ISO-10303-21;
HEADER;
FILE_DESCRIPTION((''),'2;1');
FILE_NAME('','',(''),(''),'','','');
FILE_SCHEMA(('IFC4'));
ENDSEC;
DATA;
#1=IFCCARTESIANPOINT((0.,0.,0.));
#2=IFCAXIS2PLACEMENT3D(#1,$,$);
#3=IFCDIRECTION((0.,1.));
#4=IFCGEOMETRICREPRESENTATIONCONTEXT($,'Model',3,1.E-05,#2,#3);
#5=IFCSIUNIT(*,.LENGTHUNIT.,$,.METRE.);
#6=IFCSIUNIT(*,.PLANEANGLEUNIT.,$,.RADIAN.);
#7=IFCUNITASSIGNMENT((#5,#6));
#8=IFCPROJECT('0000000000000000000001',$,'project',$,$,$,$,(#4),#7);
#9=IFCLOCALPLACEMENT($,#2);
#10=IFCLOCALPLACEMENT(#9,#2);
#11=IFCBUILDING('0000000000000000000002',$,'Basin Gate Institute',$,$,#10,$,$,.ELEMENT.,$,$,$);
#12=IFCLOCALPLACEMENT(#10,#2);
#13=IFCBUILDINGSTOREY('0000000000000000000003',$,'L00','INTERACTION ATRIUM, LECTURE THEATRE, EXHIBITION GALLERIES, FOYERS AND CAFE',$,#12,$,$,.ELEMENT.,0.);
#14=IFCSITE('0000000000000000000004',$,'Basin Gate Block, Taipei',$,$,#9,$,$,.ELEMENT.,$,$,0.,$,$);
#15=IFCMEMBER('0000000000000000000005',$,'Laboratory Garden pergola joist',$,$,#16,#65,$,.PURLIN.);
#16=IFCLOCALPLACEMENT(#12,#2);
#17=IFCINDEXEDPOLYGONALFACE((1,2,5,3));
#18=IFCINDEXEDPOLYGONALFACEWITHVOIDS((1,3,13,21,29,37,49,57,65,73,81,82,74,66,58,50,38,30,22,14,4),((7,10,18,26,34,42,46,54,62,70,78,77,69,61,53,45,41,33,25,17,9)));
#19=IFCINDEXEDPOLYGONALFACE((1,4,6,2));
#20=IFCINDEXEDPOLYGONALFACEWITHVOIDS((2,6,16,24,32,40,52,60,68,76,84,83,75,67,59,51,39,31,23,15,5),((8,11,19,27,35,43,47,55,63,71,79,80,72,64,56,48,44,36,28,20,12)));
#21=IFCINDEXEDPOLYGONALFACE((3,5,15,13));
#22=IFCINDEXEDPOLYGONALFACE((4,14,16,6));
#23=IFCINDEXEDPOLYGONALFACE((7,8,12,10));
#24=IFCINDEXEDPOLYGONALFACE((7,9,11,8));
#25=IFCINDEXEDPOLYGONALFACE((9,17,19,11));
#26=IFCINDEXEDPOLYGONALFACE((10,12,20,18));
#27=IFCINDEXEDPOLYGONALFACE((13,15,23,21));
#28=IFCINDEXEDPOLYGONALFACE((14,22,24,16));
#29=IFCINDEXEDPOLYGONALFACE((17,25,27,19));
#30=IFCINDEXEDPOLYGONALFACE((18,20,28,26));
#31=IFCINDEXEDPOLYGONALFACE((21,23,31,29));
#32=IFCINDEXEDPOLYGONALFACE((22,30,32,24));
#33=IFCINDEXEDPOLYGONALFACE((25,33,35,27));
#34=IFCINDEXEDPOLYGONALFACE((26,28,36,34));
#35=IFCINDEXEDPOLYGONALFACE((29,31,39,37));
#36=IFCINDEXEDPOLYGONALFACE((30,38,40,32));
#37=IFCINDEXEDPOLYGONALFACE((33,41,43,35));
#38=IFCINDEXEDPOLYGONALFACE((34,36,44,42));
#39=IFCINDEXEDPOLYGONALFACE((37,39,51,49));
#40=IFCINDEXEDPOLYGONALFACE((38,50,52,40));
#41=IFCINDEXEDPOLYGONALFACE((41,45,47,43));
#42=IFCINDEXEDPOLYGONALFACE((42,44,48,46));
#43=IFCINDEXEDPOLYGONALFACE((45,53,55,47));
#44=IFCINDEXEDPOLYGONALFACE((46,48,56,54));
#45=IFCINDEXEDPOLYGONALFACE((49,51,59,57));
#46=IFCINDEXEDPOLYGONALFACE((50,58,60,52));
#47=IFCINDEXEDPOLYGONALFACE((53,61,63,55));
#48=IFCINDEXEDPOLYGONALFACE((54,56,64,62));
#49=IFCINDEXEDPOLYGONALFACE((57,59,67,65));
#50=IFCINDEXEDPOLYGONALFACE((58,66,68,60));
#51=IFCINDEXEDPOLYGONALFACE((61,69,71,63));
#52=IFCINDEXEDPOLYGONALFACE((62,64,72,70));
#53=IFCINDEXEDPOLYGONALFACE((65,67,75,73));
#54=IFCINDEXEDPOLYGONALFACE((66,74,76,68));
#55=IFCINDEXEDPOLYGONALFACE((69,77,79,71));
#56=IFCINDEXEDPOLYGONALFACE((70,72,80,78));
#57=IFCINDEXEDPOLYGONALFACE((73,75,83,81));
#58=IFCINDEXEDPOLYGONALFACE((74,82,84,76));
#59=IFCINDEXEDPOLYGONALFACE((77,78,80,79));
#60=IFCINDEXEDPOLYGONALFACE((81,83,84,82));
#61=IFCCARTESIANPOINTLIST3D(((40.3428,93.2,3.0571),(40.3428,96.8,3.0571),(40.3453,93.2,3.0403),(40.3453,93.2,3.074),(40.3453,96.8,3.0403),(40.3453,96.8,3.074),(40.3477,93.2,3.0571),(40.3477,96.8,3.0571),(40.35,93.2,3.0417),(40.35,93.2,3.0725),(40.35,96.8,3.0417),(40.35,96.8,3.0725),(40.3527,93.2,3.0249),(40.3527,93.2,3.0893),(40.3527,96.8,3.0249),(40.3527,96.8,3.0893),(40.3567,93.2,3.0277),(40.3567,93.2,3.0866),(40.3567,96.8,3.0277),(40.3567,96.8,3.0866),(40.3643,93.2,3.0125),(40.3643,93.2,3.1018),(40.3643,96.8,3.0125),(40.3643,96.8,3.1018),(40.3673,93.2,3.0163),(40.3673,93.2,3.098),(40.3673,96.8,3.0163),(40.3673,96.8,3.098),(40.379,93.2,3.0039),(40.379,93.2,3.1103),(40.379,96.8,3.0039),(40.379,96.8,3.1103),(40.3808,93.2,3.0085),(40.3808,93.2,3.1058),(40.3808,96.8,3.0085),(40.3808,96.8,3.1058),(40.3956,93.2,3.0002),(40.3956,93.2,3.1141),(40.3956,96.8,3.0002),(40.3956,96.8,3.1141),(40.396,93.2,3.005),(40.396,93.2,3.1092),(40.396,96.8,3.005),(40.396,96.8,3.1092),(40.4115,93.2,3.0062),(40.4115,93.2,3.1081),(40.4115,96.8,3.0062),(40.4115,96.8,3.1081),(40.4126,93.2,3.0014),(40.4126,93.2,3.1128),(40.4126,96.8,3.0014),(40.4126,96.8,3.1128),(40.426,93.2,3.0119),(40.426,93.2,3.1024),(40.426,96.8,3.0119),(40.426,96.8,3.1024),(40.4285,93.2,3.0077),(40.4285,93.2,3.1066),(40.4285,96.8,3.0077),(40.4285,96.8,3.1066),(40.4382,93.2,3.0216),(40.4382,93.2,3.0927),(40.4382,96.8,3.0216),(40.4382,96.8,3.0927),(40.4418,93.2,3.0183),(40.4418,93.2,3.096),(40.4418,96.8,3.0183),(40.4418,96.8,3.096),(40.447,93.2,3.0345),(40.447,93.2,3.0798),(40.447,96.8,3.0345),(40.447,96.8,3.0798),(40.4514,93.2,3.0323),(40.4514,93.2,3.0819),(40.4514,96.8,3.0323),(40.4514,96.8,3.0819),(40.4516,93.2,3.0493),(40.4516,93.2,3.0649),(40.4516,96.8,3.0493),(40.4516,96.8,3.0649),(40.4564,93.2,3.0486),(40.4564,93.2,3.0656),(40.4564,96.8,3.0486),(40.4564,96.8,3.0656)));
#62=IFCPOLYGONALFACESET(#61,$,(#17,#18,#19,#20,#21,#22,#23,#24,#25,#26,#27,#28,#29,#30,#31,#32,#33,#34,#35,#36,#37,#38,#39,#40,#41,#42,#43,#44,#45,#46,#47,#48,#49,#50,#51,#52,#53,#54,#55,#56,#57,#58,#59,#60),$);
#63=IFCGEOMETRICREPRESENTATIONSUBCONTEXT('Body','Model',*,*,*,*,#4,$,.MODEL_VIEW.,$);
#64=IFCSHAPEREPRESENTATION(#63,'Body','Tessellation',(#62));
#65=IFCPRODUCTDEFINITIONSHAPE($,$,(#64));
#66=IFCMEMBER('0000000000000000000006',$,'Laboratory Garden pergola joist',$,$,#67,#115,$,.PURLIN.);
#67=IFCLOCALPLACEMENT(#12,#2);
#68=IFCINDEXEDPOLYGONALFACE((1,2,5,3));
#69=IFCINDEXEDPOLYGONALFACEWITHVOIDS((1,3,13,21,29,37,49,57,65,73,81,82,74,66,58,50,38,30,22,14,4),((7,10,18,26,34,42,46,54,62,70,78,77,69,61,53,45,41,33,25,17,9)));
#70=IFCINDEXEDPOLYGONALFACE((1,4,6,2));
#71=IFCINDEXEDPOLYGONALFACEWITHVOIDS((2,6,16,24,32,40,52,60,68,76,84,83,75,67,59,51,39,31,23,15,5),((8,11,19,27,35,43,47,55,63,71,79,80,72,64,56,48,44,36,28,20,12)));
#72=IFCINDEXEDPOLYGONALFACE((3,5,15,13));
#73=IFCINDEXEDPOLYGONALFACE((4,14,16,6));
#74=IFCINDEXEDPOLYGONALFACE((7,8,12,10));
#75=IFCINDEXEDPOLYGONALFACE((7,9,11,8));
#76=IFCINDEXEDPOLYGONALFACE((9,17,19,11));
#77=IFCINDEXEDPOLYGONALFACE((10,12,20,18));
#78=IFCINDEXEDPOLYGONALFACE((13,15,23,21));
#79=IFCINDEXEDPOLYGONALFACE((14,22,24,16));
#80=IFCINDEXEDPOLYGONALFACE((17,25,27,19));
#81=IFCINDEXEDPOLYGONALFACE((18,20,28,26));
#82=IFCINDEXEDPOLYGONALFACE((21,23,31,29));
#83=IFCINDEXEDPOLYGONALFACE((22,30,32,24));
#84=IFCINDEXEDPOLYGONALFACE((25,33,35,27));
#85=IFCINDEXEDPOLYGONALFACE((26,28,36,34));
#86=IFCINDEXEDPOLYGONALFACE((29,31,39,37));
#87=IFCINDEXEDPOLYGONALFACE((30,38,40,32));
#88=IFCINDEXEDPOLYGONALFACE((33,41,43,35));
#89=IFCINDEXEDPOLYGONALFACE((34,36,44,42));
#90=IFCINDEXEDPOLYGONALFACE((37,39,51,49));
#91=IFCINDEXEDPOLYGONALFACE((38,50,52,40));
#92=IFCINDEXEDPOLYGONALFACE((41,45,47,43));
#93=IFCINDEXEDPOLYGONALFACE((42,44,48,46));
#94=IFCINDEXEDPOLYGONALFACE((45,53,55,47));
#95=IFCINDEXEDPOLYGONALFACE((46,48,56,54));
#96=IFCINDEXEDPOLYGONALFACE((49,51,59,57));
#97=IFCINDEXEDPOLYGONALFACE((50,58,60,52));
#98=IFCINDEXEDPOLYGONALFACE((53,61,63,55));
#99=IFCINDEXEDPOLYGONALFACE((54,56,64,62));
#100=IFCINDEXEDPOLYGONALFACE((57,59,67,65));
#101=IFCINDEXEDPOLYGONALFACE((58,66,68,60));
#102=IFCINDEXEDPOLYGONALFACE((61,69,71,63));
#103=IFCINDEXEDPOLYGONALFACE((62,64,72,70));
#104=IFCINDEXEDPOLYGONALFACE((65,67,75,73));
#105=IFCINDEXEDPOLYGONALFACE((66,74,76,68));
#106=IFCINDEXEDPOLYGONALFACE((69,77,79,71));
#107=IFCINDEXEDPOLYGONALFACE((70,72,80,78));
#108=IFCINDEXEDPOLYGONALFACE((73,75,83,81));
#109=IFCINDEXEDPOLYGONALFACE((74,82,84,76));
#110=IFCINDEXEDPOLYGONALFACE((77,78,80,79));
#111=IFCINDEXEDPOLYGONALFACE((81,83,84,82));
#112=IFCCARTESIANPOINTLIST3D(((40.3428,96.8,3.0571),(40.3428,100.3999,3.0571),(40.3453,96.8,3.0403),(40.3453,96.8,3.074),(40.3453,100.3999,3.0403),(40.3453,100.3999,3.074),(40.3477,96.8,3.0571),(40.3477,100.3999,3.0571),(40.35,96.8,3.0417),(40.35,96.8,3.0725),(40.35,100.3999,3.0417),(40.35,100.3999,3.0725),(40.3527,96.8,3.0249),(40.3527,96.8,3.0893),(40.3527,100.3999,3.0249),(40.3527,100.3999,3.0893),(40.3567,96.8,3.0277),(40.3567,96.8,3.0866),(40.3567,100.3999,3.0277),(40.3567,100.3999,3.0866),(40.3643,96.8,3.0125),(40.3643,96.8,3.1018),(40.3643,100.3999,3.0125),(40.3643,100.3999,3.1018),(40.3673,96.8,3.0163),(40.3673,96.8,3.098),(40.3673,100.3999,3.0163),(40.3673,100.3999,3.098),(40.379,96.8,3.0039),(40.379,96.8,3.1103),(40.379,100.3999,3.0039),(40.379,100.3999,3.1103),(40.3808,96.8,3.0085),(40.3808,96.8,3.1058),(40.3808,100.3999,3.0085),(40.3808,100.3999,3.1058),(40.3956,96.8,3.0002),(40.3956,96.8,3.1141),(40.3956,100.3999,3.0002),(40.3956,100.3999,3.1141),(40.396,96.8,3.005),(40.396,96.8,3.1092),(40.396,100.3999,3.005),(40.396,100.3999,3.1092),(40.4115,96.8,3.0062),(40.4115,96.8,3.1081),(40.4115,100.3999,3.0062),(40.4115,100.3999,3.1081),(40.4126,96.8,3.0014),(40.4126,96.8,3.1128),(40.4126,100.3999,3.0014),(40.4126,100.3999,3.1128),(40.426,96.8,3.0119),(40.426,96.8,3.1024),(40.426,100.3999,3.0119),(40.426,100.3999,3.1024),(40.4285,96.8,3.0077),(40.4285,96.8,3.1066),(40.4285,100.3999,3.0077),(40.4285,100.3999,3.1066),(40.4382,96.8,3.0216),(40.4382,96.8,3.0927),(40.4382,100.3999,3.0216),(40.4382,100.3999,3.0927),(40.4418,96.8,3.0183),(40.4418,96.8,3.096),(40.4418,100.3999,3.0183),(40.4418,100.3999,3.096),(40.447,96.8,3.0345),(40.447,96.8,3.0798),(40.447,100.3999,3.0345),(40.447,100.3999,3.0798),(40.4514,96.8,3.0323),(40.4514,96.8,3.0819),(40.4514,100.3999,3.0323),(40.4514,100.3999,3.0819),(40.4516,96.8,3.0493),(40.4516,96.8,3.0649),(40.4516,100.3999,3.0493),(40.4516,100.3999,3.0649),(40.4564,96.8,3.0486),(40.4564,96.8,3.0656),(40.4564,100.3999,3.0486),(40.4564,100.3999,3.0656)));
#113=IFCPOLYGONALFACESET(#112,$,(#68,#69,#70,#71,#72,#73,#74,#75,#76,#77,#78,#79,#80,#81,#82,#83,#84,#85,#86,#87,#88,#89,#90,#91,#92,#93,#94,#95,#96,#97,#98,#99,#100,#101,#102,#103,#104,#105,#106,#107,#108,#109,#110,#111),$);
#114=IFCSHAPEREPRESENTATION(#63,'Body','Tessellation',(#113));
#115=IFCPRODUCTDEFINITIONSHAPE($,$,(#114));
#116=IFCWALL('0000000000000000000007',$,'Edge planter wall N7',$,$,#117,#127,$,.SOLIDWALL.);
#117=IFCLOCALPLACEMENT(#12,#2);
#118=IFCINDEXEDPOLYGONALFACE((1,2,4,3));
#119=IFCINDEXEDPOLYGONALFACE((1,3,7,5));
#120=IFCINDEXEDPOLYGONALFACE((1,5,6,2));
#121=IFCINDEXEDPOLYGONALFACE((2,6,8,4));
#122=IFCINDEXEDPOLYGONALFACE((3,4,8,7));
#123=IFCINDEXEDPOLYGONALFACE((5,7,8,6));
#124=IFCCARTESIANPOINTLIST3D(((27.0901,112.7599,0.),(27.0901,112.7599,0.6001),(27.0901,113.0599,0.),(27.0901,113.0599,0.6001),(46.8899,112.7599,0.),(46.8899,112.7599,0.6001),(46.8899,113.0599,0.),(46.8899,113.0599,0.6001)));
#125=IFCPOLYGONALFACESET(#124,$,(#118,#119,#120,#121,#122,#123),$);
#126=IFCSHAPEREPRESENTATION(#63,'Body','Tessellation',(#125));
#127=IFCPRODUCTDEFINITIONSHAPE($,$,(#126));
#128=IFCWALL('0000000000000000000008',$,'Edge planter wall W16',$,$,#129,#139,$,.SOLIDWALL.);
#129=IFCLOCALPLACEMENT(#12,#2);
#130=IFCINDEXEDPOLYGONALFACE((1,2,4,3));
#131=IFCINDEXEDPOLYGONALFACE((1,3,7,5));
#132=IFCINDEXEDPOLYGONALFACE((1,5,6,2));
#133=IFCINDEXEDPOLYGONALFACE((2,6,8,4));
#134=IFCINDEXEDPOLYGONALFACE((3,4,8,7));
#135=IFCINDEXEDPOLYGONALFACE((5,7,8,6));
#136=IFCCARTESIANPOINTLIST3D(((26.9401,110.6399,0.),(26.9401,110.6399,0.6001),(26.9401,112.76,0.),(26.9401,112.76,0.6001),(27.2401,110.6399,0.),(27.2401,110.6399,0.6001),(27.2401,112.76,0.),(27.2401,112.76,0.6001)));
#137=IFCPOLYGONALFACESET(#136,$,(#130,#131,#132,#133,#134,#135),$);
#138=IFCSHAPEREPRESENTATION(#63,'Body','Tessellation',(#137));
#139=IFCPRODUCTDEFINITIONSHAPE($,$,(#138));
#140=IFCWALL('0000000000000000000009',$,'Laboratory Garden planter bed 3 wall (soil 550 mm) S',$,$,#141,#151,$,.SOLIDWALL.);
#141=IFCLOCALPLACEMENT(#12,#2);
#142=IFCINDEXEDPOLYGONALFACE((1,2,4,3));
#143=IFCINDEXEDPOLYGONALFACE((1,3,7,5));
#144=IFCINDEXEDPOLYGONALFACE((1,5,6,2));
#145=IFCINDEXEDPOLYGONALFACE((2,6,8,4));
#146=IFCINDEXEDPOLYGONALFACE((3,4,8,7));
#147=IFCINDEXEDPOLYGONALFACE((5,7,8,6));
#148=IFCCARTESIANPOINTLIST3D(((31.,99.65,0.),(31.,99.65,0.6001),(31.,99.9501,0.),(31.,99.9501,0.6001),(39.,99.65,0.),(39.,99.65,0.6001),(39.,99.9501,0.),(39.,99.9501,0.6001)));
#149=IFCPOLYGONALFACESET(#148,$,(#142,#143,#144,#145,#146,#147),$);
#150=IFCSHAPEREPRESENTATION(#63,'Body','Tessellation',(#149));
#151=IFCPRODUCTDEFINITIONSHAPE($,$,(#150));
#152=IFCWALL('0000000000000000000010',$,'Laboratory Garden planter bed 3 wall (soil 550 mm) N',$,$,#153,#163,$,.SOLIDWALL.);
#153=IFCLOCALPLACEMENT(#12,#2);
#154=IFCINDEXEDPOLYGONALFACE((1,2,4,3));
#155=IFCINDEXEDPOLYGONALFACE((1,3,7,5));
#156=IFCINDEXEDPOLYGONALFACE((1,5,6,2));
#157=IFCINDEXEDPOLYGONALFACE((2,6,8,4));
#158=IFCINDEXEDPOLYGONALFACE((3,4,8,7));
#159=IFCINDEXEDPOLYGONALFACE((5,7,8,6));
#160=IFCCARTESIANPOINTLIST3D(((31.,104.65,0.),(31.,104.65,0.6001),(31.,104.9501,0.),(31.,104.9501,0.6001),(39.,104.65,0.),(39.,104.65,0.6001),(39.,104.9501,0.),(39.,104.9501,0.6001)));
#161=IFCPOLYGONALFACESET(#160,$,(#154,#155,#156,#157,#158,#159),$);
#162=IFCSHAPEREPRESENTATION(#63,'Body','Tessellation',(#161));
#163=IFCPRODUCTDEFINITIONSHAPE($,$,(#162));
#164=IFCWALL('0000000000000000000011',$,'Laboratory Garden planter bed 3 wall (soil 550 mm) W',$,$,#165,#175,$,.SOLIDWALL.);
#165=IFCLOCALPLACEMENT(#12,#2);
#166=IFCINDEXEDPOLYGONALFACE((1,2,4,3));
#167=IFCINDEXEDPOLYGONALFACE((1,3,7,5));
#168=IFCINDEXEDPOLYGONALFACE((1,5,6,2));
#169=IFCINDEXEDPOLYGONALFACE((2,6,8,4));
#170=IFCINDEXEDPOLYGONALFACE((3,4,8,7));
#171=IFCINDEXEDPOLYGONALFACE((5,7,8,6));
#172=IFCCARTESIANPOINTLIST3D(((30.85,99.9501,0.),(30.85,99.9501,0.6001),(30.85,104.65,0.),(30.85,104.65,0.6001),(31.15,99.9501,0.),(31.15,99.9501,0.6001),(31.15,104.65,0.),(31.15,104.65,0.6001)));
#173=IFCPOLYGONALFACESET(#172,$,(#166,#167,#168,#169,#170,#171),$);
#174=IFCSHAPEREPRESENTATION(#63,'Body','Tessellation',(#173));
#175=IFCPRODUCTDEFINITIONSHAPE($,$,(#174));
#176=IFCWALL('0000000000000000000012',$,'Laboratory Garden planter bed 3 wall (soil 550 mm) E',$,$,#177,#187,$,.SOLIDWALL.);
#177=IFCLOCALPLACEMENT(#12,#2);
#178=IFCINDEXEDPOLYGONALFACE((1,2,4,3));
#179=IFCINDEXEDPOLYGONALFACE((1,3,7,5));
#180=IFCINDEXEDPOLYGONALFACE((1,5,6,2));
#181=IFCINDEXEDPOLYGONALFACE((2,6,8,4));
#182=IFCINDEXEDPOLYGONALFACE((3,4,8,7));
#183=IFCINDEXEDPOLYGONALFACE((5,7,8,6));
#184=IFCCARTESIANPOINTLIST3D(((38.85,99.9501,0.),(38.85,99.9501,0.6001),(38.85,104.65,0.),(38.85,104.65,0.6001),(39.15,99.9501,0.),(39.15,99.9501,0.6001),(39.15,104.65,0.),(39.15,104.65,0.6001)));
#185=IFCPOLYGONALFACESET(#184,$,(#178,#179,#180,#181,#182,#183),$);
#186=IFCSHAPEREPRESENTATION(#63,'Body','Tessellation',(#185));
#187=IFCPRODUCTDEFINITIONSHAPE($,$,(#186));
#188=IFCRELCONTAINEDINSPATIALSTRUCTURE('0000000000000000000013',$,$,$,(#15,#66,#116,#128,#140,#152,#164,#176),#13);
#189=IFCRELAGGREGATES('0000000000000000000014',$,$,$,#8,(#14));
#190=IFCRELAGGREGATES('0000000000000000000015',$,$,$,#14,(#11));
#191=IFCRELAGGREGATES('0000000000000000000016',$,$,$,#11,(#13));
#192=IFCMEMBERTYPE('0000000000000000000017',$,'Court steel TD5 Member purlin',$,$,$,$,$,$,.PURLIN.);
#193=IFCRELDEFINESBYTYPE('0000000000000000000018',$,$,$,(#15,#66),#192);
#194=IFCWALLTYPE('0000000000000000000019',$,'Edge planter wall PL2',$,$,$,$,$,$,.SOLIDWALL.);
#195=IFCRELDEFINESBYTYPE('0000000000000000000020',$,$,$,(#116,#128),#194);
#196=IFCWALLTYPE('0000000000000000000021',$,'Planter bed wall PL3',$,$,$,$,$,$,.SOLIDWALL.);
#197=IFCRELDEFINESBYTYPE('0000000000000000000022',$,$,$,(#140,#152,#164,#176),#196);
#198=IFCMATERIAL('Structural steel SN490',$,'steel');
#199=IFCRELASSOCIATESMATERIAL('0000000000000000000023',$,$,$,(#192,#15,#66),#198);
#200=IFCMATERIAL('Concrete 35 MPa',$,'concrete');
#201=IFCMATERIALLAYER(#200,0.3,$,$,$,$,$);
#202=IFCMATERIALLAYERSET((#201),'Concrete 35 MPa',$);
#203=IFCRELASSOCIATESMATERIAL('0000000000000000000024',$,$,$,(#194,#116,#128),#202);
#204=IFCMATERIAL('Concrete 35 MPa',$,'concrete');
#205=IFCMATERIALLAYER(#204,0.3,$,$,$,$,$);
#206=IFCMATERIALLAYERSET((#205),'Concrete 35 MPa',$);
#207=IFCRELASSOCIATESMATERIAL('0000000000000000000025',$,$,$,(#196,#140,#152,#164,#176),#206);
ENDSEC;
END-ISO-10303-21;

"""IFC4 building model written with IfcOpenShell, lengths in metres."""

from ifc_helpers import new_model, si_unit, direction, frame, frame_2d, origin, origin_2d, place, context, subcontext, project, spatial, rectangle, hollow_circle, extrude, material, layer, layer_set, material_profile, profile_set, type_object, element, save


model = new_model("IFC4")

# Units and contexts
model_context = context("Model", 3, precision=1e-05, world=origin(), true_north=direction((0.0, 1.0)))
body_context = subcontext(model_context, "Body", "Model", "MODEL_VIEW")
ifc_project = project(units=[si_unit("LENGTHUNIT", "METRE"), si_unit("PLANEANGLEUNIT", "RADIAN")], contexts=[model_context])

# Site, building, storey
site_placement = place(None, origin())
site = spatial("IfcSite", under=ifc_project, at=site_placement, Name="Basin Gate Block, Taipei", CompositionType="ELEMENT", RefElevation=0.0)
building_placement = place(site_placement, origin())
building = spatial("IfcBuilding", under=site, at=building_placement, Name="Basin Gate Institute", CompositionType="ELEMENT")
storey_placement = place(building_placement, origin())
storey = spatial("IfcBuildingStorey", under=building, at=storey_placement, Name="L00", Description="INTERACTION ATRIUM, LECTURE THEATRE, EXHIBITION GALLERIES, FOYERS AND CAFE", CompositionType="ELEMENT", Elevation=0.0)

# Members
ifc_material_1 = material(Name="Structural steel SN490", Category="steel")
ifc_material_profile_1 = material_profile(ifc_material_1, hollow_circle(Radius=0.0571, WallThickness=0.0049, at=origin_2d()), Name="CHS114x5")
ifc_profile_set_1 = profile_set([ifc_material_profile_1], Name="Structural steel SN490")
member_type = type_object("IfcMemberType", Name="Court steel TD5 Member purlin", PredefinedType="PURLIN", material=ifc_profile_set_1)
member_1_placement = place(storey_placement, frame((40.3999, 93.2, 3.0571), z_axis=(0.0, 1.0, 0.0), x_axis=(-1.0, 0.0, 0.0)))
element("IfcMember", 1, at=member_1_placement, inside=storey, type_object=member_type, material=ifc_profile_set_1, Name="Laboratory Garden pergola joist", PredefinedType="PURLIN", context=body_context, shape_type="SweptSolid", body=[
    extrude(hollow_circle(Radius=0.0571, WallThickness=0.0049, at=origin_2d()), origin(), (0.0, 0.0, 1.0), 3.6001),
])
member_2_placement = place(storey_placement, frame((40.3999, 96.8, 3.0571), z_axis=(0.0, 1.0, 0.0), x_axis=(-1.0, 0.0, 0.0)))
element("IfcMember", 2, at=member_2_placement, inside=storey, type_object=member_type, material=ifc_profile_set_1, Name="Laboratory Garden pergola joist", PredefinedType="PURLIN", context=body_context, shape_type="SweptSolid", body=[
    extrude(hollow_circle(Radius=0.0571, WallThickness=0.0049, at=origin_2d()), origin(), (0.0, 0.0, 1.0), 3.5999),
])

# Walls
ifc_material_2 = material(Name="Concrete 35 MPa", Category="concrete")
ifc_layer_1 = layer(ifc_material_2, 0.3)
ifc_layer_set_1 = layer_set([ifc_layer_1], Name="Concrete 35 MPa")
wall_type_1 = type_object("IfcWallType", Name="Edge planter wall PL2", PredefinedType="SOLIDWALL", material=ifc_layer_set_1)
wall_1_placement = place(storey_placement, frame((27.0901, 112.9099, 0.0), z_axis=(0.0, 0.0, 1.0), x_axis=(1.0, 0.0, 0.0)))
element("IfcWall", 3, at=wall_1_placement, inside=storey, type_object=wall_type_1, material=ifc_layer_set_1, Name="Edge planter wall N7", PredefinedType="SOLIDWALL", context=body_context, shape_type="SweptSolid", body=[
    extrude(rectangle(XDim=19.7998, YDim=0.3, at=frame_2d((9.8999, 0.0))), origin(), (0.0, 0.0, 1.0), 0.6001),
])
wall_2_placement = place(storey_placement, frame((27.0901, 110.6399, 0.0), z_axis=(0.0, 0.0, 1.0), x_axis=(0.0, 1.0, 0.0)))
element("IfcWall", 4, at=wall_2_placement, inside=storey, type_object=wall_type_1, material=ifc_layer_set_1, Name="Edge planter wall W16", PredefinedType="SOLIDWALL", context=body_context, shape_type="SweptSolid", body=[
    extrude(rectangle(XDim=2.1201, YDim=0.3, at=frame_2d((1.0601, 0.0))), origin(), (0.0, 0.0, 1.0), 0.6001),
])
ifc_material_3 = material(Name="Concrete 35 MPa", Category="concrete")
ifc_layer_2 = layer(ifc_material_3, 0.3)
ifc_layer_set_2 = layer_set([ifc_layer_2], Name="Concrete 35 MPa")
wall_type_2 = type_object("IfcWallType", Name="Planter bed wall PL3", PredefinedType="SOLIDWALL", material=ifc_layer_set_2)
for number, where, z_axis, x_axis, name in (
    (5, (31.0, 99.8, 0.0), (0.0, 0.0, 1.0), (1.0, 0.0, 0.0), "Laboratory Garden planter bed 3 wall (soil 550 mm) S"),
    (6, (31.0, 104.8, 0.0), (0.0, 0.0, 1.0), (1.0, 0.0, 0.0), "Laboratory Garden planter bed 3 wall (soil 550 mm) N"),
):
    element("IfcWall", number, at=place(storey_placement, frame(where, z_axis=z_axis, x_axis=x_axis)), inside=storey, type_object=wall_type_2, material=ifc_layer_set_2, Name=name, PredefinedType="SOLIDWALL", context=body_context, shape_type="SweptSolid", body=[
        extrude(rectangle(XDim=8.0, YDim=0.3, at=frame_2d((4.0, 0.0))), origin(), (0.0, 0.0, 1.0), 0.6001),
    ])
for number, where, z_axis, x_axis, name in (
    (7, (31.0, 99.95, 0.0), (0.0, 0.0, 1.0), (0.0, 1.0, 0.0), "Laboratory Garden planter bed 3 wall (soil 550 mm) W"),
    (8, (39.0, 99.95, 0.0), (0.0, 0.0, 1.0), (0.0, 1.0, 0.0), "Laboratory Garden planter bed 3 wall (soil 550 mm) E"),
):
    element("IfcWall", number, at=place(storey_placement, frame(where, z_axis=z_axis, x_axis=x_axis)), inside=storey, type_object=wall_type_2, material=ifc_layer_set_2, Name=name, PredefinedType="SOLIDWALL", context=body_context, shape_type="SweptSolid", body=[
        extrude(rectangle(XDim=4.7, YDim=0.3, at=frame_2d((2.3501, 0.0))), origin(), (0.0, 0.0, 1.0), 0.6001),
    ])

save(model, "model.ifc")
